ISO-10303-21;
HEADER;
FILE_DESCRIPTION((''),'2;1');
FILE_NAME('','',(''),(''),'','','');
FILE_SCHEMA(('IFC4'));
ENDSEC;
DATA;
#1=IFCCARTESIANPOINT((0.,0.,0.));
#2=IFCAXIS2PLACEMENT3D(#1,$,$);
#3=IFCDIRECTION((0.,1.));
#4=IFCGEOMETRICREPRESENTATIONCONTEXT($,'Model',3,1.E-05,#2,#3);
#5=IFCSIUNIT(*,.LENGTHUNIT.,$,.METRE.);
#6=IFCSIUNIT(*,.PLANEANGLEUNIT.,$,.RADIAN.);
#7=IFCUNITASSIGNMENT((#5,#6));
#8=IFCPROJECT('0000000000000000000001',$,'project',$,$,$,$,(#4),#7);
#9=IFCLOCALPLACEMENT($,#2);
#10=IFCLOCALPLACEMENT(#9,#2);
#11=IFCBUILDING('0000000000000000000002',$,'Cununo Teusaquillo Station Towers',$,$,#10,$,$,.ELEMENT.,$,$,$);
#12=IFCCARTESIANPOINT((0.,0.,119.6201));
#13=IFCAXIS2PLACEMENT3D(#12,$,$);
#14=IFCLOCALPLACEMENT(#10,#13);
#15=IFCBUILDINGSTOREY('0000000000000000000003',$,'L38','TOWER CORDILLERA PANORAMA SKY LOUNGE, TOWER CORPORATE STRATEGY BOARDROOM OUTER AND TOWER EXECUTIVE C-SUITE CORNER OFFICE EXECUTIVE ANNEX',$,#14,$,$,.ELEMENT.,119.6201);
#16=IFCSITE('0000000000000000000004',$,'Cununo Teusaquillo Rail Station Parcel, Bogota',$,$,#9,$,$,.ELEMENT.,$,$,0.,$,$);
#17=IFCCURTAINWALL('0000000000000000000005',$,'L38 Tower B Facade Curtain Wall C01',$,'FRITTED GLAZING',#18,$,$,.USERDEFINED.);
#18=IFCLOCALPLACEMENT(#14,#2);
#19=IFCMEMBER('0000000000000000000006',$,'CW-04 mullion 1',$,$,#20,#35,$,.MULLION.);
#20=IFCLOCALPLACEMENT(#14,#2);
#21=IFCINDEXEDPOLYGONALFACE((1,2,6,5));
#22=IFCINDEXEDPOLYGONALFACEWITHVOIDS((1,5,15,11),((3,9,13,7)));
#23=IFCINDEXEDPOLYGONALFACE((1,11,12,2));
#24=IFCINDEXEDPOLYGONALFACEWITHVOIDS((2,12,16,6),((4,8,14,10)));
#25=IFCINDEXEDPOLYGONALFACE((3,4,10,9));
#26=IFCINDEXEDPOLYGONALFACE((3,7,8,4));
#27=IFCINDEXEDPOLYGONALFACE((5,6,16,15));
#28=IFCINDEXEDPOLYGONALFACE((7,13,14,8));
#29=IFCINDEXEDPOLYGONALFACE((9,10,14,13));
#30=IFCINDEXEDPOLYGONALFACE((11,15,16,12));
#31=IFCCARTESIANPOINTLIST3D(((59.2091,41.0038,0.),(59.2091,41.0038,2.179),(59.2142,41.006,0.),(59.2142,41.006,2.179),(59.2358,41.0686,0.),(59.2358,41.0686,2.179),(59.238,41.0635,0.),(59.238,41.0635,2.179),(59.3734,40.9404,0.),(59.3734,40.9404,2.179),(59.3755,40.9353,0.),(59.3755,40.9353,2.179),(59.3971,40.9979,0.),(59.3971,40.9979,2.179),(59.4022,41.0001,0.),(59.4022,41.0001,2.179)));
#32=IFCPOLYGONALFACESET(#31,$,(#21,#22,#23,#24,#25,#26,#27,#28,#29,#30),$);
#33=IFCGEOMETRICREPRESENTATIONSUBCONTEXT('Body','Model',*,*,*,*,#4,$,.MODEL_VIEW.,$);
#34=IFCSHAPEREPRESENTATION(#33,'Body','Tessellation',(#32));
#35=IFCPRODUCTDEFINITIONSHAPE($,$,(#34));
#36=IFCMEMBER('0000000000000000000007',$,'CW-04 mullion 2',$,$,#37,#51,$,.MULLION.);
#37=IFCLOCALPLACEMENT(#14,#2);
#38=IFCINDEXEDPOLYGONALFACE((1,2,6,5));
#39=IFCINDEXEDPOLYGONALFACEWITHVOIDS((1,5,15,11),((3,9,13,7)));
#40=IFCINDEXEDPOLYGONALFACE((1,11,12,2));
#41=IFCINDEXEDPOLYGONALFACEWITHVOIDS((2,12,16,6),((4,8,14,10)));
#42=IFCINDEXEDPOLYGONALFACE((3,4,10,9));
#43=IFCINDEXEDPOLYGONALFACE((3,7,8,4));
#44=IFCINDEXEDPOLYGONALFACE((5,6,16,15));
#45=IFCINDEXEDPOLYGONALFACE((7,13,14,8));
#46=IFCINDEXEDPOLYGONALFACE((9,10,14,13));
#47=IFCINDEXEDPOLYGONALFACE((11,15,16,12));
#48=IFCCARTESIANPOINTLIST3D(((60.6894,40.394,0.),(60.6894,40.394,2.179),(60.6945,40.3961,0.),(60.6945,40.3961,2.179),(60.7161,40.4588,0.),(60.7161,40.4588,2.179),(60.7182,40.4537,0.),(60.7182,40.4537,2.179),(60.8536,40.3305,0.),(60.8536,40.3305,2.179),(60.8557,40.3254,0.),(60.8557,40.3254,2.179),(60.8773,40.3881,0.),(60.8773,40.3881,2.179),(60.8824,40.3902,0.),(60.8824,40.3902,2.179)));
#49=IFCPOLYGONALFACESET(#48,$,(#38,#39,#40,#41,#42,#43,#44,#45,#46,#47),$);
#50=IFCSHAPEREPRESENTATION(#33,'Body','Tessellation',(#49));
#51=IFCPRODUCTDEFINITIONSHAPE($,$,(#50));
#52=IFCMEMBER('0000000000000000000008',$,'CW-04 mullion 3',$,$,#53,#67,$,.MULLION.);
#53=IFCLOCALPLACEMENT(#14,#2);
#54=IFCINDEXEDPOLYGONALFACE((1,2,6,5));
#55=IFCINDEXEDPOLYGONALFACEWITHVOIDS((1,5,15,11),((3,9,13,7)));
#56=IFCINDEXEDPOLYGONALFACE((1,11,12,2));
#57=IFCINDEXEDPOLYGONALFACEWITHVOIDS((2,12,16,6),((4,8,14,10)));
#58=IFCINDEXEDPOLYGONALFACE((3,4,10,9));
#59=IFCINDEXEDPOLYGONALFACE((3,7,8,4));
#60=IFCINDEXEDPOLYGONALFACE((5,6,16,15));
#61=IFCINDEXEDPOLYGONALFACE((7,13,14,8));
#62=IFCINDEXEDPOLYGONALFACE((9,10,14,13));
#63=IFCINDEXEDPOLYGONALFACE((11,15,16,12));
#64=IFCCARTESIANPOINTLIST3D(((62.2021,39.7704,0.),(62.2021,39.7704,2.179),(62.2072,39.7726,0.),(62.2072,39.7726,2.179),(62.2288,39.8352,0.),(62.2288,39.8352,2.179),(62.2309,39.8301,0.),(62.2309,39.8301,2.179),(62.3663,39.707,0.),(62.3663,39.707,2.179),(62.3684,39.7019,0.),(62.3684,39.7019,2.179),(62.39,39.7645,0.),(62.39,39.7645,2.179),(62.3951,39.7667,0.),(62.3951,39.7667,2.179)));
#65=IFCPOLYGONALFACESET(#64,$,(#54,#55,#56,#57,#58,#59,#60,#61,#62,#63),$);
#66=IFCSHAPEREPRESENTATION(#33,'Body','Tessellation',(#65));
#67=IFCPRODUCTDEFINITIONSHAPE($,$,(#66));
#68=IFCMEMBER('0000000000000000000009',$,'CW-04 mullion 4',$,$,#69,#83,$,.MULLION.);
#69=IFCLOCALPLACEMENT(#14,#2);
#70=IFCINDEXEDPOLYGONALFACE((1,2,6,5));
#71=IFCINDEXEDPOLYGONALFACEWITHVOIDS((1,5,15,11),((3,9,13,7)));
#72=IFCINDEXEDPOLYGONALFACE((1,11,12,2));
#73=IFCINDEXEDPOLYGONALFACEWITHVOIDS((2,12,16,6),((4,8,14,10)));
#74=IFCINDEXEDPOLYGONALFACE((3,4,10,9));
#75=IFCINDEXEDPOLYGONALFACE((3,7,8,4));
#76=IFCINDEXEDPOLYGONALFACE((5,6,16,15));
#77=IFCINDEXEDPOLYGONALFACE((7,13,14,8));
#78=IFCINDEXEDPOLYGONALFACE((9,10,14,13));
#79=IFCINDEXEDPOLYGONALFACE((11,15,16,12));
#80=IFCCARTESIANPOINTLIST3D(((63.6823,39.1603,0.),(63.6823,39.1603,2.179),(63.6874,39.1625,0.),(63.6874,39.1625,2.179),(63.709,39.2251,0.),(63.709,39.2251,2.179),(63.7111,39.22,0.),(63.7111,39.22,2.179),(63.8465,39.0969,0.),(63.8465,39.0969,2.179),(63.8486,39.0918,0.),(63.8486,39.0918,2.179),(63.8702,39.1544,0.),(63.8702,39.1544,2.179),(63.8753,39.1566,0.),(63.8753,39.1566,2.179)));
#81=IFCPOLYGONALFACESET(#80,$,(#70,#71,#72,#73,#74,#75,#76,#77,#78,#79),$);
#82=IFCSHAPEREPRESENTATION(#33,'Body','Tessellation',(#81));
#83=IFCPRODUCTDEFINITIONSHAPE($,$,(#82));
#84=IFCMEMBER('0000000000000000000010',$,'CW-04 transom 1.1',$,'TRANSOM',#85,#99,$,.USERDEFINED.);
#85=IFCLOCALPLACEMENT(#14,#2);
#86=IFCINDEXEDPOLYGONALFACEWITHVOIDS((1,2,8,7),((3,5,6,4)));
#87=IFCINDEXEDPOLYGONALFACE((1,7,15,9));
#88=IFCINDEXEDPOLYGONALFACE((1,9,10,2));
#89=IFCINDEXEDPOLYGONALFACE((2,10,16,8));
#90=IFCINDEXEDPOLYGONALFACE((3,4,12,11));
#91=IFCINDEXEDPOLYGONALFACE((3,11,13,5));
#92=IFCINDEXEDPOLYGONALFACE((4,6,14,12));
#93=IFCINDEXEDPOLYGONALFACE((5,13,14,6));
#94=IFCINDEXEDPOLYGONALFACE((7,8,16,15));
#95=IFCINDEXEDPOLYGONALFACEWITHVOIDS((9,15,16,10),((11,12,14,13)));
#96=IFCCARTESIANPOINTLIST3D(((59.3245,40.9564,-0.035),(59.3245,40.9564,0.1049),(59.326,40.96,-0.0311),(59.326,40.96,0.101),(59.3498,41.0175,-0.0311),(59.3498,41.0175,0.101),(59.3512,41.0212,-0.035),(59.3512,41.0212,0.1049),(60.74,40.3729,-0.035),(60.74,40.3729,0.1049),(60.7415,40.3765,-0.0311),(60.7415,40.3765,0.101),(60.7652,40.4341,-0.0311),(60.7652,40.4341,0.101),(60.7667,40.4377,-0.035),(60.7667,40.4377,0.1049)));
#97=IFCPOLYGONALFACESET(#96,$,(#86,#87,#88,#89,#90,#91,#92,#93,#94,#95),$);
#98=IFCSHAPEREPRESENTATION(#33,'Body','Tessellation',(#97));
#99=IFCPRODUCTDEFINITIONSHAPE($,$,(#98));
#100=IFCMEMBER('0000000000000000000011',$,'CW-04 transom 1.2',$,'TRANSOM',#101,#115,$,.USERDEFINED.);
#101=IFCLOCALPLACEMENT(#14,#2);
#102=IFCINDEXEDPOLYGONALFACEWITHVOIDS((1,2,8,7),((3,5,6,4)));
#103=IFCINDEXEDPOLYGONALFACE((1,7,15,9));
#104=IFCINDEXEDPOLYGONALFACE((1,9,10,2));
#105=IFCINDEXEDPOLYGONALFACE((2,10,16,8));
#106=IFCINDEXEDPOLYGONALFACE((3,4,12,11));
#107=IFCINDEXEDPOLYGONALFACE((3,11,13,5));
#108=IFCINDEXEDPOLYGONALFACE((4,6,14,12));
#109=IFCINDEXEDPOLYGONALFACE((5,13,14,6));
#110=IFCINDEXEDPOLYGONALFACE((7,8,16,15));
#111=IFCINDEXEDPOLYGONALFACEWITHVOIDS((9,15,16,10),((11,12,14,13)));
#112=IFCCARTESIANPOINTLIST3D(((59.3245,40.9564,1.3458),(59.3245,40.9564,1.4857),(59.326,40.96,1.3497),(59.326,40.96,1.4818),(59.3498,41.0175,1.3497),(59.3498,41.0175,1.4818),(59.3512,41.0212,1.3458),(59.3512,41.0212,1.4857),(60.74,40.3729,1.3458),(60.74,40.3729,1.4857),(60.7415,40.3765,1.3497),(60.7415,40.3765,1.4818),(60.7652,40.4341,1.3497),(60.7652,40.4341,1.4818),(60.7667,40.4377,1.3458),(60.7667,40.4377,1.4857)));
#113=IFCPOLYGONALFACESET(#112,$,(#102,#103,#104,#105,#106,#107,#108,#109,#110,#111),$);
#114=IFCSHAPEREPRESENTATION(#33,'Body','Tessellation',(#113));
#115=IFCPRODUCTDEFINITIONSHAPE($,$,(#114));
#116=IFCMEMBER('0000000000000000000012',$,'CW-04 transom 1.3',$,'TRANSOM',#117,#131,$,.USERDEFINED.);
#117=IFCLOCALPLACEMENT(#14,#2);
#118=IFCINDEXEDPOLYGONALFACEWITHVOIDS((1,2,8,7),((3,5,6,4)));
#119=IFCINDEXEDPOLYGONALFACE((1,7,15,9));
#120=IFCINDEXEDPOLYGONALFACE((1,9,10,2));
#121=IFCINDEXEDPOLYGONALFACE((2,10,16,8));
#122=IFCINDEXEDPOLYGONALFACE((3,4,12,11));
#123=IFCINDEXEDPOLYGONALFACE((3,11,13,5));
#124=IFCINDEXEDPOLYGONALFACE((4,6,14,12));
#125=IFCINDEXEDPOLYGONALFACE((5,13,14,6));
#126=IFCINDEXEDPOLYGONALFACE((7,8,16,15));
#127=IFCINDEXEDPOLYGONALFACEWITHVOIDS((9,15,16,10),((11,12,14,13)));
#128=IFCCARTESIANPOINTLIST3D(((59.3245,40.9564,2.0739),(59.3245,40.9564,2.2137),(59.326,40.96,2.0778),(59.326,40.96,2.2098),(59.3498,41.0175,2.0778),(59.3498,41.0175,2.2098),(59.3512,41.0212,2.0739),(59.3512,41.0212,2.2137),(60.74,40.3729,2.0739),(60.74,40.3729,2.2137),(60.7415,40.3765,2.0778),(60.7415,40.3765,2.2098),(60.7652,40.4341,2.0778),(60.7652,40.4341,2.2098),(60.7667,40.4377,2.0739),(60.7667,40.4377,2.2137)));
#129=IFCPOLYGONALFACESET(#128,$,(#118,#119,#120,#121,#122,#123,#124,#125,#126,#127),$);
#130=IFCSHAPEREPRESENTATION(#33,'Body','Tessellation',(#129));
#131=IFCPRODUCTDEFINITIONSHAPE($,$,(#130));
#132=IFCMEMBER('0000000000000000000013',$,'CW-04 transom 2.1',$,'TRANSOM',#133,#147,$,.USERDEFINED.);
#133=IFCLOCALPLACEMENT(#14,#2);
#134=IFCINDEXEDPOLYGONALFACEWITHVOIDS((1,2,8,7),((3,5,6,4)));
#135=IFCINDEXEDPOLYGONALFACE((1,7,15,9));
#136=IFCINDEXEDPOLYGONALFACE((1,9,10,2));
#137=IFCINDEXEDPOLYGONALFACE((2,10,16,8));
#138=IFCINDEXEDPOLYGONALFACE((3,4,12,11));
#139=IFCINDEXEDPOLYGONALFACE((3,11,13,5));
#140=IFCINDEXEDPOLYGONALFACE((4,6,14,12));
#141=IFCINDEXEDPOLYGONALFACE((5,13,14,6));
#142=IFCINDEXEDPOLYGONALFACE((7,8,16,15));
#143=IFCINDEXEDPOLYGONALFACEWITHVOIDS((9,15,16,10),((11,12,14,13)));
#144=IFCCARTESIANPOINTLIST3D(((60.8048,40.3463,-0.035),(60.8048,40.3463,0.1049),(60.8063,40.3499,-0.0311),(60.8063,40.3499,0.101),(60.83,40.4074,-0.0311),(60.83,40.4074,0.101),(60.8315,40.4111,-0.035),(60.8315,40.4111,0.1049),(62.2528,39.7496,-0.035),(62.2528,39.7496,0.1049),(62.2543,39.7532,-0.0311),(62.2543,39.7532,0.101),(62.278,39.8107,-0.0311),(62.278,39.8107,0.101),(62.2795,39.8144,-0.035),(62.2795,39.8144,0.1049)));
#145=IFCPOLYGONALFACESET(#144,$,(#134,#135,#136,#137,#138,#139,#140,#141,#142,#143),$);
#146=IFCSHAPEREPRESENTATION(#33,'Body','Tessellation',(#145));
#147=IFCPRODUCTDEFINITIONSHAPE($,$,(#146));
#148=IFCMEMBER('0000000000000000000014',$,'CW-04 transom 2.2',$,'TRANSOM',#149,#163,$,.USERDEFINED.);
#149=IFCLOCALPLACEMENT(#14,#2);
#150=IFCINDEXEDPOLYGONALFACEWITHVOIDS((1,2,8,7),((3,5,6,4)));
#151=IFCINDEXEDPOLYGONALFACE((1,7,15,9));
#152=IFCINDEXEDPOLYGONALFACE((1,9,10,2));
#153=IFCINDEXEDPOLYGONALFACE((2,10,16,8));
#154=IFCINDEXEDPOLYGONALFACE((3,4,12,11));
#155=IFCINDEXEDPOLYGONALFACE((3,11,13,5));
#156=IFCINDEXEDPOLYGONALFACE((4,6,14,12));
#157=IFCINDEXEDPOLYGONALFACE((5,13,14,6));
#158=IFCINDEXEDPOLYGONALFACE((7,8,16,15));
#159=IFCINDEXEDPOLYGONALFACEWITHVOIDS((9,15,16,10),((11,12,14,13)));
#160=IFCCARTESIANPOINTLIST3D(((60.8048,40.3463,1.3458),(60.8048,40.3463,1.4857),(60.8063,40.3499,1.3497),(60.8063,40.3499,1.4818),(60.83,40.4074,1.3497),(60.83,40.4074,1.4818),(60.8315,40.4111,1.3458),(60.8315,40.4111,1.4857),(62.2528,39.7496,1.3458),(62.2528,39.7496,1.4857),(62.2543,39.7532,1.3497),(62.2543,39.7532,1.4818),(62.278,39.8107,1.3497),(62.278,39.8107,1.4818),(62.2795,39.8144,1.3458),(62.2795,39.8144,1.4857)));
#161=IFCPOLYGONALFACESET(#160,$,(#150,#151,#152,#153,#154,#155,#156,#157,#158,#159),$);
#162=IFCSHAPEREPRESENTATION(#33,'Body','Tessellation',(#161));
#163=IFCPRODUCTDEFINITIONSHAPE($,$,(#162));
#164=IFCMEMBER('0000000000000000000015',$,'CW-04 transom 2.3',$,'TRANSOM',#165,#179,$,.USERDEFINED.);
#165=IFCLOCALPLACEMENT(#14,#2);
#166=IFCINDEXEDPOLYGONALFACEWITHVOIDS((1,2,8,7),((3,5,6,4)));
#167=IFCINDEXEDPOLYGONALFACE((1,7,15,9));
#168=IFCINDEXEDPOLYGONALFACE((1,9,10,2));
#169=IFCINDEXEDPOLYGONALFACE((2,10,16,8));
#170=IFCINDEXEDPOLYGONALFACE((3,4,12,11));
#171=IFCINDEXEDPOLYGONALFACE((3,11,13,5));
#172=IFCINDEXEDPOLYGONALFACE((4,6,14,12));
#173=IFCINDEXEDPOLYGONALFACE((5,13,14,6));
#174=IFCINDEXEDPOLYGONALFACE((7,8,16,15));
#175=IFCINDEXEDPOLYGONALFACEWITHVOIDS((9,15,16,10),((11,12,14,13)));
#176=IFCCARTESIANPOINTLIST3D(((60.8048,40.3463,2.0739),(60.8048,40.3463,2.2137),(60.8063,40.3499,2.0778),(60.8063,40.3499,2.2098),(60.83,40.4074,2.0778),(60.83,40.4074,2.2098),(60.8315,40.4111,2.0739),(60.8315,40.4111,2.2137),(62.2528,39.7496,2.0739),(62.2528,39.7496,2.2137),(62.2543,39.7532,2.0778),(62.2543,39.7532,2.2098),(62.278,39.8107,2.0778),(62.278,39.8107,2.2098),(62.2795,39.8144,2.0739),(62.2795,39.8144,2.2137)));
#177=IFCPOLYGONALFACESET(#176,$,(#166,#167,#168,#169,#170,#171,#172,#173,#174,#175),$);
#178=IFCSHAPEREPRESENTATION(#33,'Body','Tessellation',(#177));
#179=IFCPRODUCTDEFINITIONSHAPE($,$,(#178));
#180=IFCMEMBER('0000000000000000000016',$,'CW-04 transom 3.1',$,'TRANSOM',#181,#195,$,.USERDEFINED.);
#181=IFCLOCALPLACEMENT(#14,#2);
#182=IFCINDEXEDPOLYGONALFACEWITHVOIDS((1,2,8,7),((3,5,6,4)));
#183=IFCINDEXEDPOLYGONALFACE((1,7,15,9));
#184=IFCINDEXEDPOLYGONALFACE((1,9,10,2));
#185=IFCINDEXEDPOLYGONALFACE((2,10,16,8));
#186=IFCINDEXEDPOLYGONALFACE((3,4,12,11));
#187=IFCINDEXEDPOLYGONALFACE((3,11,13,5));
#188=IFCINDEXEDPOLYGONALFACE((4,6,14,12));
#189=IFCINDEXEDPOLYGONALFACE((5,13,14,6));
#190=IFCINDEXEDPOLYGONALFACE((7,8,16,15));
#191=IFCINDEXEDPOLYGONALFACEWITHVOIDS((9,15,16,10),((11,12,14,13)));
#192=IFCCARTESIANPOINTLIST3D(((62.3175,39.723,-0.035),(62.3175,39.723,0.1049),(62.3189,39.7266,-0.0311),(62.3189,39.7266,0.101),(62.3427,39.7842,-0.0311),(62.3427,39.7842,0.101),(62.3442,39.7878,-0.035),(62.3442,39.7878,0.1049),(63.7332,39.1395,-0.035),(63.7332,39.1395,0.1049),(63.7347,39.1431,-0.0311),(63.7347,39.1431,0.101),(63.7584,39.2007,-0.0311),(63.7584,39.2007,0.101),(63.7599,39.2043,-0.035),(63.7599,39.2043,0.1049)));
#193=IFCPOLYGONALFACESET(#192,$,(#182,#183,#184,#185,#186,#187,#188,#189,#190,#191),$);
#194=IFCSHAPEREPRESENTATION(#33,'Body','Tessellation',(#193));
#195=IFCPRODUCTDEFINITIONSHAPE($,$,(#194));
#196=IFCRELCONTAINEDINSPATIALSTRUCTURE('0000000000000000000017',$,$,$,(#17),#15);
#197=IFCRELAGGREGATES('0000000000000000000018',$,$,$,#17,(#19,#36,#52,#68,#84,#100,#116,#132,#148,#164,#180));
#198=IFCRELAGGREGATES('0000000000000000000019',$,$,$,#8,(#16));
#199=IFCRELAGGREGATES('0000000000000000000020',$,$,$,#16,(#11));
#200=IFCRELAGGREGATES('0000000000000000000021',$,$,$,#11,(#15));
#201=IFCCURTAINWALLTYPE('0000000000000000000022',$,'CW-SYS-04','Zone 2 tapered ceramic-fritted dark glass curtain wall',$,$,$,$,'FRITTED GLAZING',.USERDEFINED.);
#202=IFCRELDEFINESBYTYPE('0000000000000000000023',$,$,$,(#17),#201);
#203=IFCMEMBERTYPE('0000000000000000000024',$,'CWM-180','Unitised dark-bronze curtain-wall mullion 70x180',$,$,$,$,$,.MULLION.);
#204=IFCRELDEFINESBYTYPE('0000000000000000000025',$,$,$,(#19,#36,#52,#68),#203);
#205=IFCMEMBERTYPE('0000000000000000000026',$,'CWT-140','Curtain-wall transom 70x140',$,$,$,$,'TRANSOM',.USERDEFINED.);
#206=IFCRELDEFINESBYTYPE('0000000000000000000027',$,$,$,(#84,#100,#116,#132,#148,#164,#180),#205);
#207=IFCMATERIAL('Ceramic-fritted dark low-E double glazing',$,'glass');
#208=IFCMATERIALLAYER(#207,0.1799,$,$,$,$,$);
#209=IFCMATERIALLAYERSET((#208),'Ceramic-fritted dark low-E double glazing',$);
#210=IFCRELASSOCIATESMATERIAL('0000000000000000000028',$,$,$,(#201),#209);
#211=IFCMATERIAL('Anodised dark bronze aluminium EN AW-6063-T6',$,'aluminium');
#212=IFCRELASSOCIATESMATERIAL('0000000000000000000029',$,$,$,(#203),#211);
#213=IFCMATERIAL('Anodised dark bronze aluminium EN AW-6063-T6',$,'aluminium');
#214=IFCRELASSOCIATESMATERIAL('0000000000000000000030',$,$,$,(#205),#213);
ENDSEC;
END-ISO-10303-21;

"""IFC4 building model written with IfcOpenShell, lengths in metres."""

from ifc_helpers import new_model, si_unit, direction, frame, origin, origin_2d, place, context, subcontext, project, spatial, hollow_rectangle, extrude, material, layer, layer_set, material_profile, profile_set, type_object, element, aggregate, save


model = new_model("IFC4")

# Units and contexts
model_context = context("Model", 3, precision=1e-05, world=origin(), true_north=direction((0.0, 1.0)))
body_context = subcontext(model_context, "Body", "Model", "MODEL_VIEW")
ifc_project = project(units=[si_unit("LENGTHUNIT", "METRE"), si_unit("PLANEANGLEUNIT", "RADIAN")], contexts=[model_context])

# Site, building, storey
site_placement = place(None, origin())
site = spatial("IfcSite", under=ifc_project, at=site_placement, Name="Cununo Teusaquillo Rail Station Parcel, Bogota", CompositionType="ELEMENT", RefElevation=0.0)
building_placement = place(site_placement, origin())
building = spatial("IfcBuilding", under=site, at=building_placement, Name="Cununo Teusaquillo Station Towers", CompositionType="ELEMENT")
storey_placement = place(building_placement, frame((0.0, 0.0, 119.6201)))
storey = spatial("IfcBuildingStorey", under=building, at=storey_placement, Name="L38", Description="TOWER CORDILLERA PANORAMA SKY LOUNGE, TOWER CORPORATE STRATEGY BOARDROOM OUTER AND TOWER EXECUTIVE C-SUITE CORNER OFFICE EXECUTIVE ANNEX", CompositionType="ELEMENT", Elevation=119.6201)

# Curtain wall, members
ifc_material_1 = material(Name="Ceramic-fritted dark low-E double glazing", Category="glass")
ifc_layer_1 = layer(ifc_material_1, 0.1799)
ifc_layer_set_1 = layer_set([ifc_layer_1], Name="Ceramic-fritted dark low-E double glazing")
curtain_wall_type = type_object("IfcCurtainWallType", Name="CW-SYS-04", Description="Zone 2 tapered ceramic-fritted dark glass curtain wall", ElementType="FRITTED GLAZING", PredefinedType="USERDEFINED", material=ifc_layer_set_1)
curtain_wall_placement = place(storey_placement, origin())
curtain_wall = element("IfcCurtainWall", 1, at=curtain_wall_placement, inside=storey, type_object=curtain_wall_type, Name="L38 Tower B Facade Curtain Wall C01", ObjectType="FRITTED GLAZING", PredefinedType="USERDEFINED")
ifc_material_2 = material(Name="Anodised dark bronze aluminium EN AW-6063-T6", Category="aluminium")
ifc_material_profile_1 = material_profile(ifc_material_2, hollow_rectangle(XDim=0.0701, YDim=0.1799, WallThickness=0.0039, at=origin_2d()), Name="CW-MULL-70x180")
ifc_profile_set_1 = profile_set([ifc_material_profile_1], Name="Anodised dark bronze aluminium EN AW-6063-T6")
member_type_1 = type_object("IfcMemberType", Name="CWM-180", Description="Unitised dark-bronze curtain-wall mullion 70x180", PredefinedType="MULLION", material=ifc_profile_set_1)
member_1_placement = place(storey_placement, frame((59.3057, 41.002, 0.0), z_axis=(0.0, 0.0, 1.0), x_axis=(0.381031, 0.924562, 0.0)))
member_1 = element("IfcMember", 2, at=member_1_placement, type_object=member_type_1, Name="CW-04 mullion 1", PredefinedType="MULLION", context=body_context, shape_type="SweptSolid", body=[
    extrude(hollow_rectangle(XDim=0.0701, YDim=0.1799, WallThickness=0.0039, at=origin_2d()), origin(), (0.0, 0.0, 1.0), 2.179),
])
member_2_placement = place(storey_placement, frame((60.7859, 40.3921, 0.0), z_axis=(0.0, 0.0, 1.0), x_axis=(0.381031, 0.924562, 0.0)))
member_2 = element("IfcMember", 3, at=member_2_placement, type_object=member_type_1, Name="CW-04 mullion 2", PredefinedType="MULLION", context=body_context, shape_type="SweptSolid", body=[
    extrude(hollow_rectangle(XDim=0.0701, YDim=0.1799, WallThickness=0.0039, at=origin_2d()), origin(), (0.0, 0.0, 1.0), 2.179),
])
member_3_placement = place(storey_placement, frame((62.2986, 39.7686, 0.0), z_axis=(0.0, 0.0, 1.0), x_axis=(0.381031, 0.924562, 0.0)))
member_3 = element("IfcMember", 4, at=member_3_placement, type_object=member_type_1, Name="CW-04 mullion 3", PredefinedType="MULLION", context=body_context, shape_type="SweptSolid", body=[
    extrude(hollow_rectangle(XDim=0.0701, YDim=0.1799, WallThickness=0.0039, at=origin_2d()), origin(), (0.0, 0.0, 1.0), 2.179),
])
member_4_placement = place(storey_placement, frame((63.7788, 39.1584, 0.0), z_axis=(0.0, 0.0, 1.0), x_axis=(0.381031, 0.924562, 0.0)))
member_4 = element("IfcMember", 5, at=member_4_placement, type_object=member_type_1, Name="CW-04 mullion 4", PredefinedType="MULLION", context=body_context, shape_type="SweptSolid", body=[
    extrude(hollow_rectangle(XDim=0.0701, YDim=0.1799, WallThickness=0.0039, at=origin_2d()), origin(), (0.0, 0.0, 1.0), 2.179),
])
ifc_material_3 = material(Name="Anodised dark bronze aluminium EN AW-6063-T6", Category="aluminium")
ifc_material_profile_2 = material_profile(ifc_material_3, hollow_rectangle(XDim=0.0701, YDim=0.1399, WallThickness=0.0039, at=origin_2d()), Name="CW-TRAN-70x140")
ifc_profile_set_2 = profile_set([ifc_material_profile_2], Name="Anodised dark bronze aluminium EN AW-6063-T6")
member_type_2 = type_object("IfcMemberType", Name="CWT-140", Description="Curtain-wall transom 70x140", ElementType="TRANSOM", PredefinedType="USERDEFINED", material=ifc_profile_set_2)
member_5_placement = place(storey_placement, frame((59.3379, 40.9888, 0.0349), z_axis=(0.924533, -0.381103, 0.0), x_axis=(0.381103, 0.924533, 0.0)))
member_5 = element("IfcMember", 6, at=member_5_placement, type_object=member_type_2, Name="CW-04 transom 1.1", ObjectType="TRANSOM", PredefinedType="USERDEFINED", context=body_context, shape_type="SweptSolid", body=[
    extrude(hollow_rectangle(XDim=0.0701, YDim=0.1399, WallThickness=0.0039, at=origin_2d()), origin(), (0.0, 0.0, 1.0), 1.531),
])
member_6_placement = place(storey_placement, frame((59.3379, 40.9888, 1.4158), z_axis=(0.924533, -0.381103, 0.0), x_axis=(0.381103, 0.924533, 0.0)))
member_6 = element("IfcMember", 7, at=member_6_placement, type_object=member_type_2, Name="CW-04 transom 1.2", ObjectType="TRANSOM", PredefinedType="USERDEFINED", context=body_context, shape_type="SweptSolid", body=[
    extrude(hollow_rectangle(XDim=0.0701, YDim=0.1399, WallThickness=0.0039, at=origin_2d()), origin(), (0.0, 0.0, 1.0), 1.531),
])
member_7_placement = place(storey_placement, frame((59.3379, 40.9888, 2.1438), z_axis=(0.924533, -0.381103, 0.0), x_axis=(0.381103, 0.924533, 0.0)))
member_7 = element("IfcMember", 8, at=member_7_placement, type_object=member_type_2, Name="CW-04 transom 1.3", ObjectType="TRANSOM", PredefinedType="USERDEFINED", context=body_context, shape_type="SweptSolid", body=[
    extrude(hollow_rectangle(XDim=0.0701, YDim=0.1399, WallThickness=0.0039, at=origin_2d()), origin(), (0.0, 0.0, 1.0), 1.531),
])
member_8_placement = place(storey_placement, frame((60.8181, 40.3787, 0.0349), z_axis=(0.924578, -0.380993, 0.0), x_axis=(0.380993, 0.924578, 0.0)))
member_8 = element("IfcMember", 9, at=member_8_placement, type_object=member_type_2, Name="CW-04 transom 2.1", ObjectType="TRANSOM", PredefinedType="USERDEFINED", context=body_context, shape_type="SweptSolid", body=[
    extrude(hollow_rectangle(XDim=0.0701, YDim=0.1399, WallThickness=0.0039, at=origin_2d()), origin(), (0.0, 0.0, 1.0), 1.5662),
])
member_9_placement = place(storey_placement, frame((60.8181, 40.3787, 1.4158), z_axis=(0.924578, -0.380993, 0.0), x_axis=(0.380993, 0.924578, 0.0)))
member_9 = element("IfcMember", 10, at=member_9_placement, type_object=member_type_2, Name="CW-04 transom 2.2", ObjectType="TRANSOM", PredefinedType="USERDEFINED", context=body_context, shape_type="SweptSolid", body=[
    extrude(hollow_rectangle(XDim=0.0701, YDim=0.1399, WallThickness=0.0039, at=origin_2d()), origin(), (0.0, 0.0, 1.0), 1.5662),
])
member_10_placement = place(storey_placement, frame((60.8181, 40.3787, 2.1438), z_axis=(0.924578, -0.380993, 0.0), x_axis=(0.380993, 0.924578, 0.0)))
member_10 = element("IfcMember", 11, at=member_10_placement, type_object=member_type_2, Name="CW-04 transom 2.3", ObjectType="TRANSOM", PredefinedType="USERDEFINED", context=body_context, shape_type="SweptSolid", body=[
    extrude(hollow_rectangle(XDim=0.0701, YDim=0.1399, WallThickness=0.0039, at=origin_2d()), origin(), (0.0, 0.0, 1.0), 1.5662),
])
member_11_placement = place(storey_placement, frame((62.3308, 39.7554, 0.0349), z_axis=(0.924556, -0.381046, 0.0), x_axis=(0.381046, 0.924556, 0.0)))
member_11 = element("IfcMember", 12, at=member_11_placement, type_object=member_type_2, Name="CW-04 transom 3.1", ObjectType="TRANSOM", PredefinedType="USERDEFINED", context=body_context, shape_type="SweptSolid", body=[
    extrude(hollow_rectangle(XDim=0.0701, YDim=0.1399, WallThickness=0.0039, at=origin_2d()), origin(), (0.0, 0.0, 1.0), 1.5312),
])

aggregate(curtain_wall, [member_1, member_2, member_3, member_4, member_5, member_6, member_7, member_8, member_9, member_10, member_11])

save(model, "model.ifc")
